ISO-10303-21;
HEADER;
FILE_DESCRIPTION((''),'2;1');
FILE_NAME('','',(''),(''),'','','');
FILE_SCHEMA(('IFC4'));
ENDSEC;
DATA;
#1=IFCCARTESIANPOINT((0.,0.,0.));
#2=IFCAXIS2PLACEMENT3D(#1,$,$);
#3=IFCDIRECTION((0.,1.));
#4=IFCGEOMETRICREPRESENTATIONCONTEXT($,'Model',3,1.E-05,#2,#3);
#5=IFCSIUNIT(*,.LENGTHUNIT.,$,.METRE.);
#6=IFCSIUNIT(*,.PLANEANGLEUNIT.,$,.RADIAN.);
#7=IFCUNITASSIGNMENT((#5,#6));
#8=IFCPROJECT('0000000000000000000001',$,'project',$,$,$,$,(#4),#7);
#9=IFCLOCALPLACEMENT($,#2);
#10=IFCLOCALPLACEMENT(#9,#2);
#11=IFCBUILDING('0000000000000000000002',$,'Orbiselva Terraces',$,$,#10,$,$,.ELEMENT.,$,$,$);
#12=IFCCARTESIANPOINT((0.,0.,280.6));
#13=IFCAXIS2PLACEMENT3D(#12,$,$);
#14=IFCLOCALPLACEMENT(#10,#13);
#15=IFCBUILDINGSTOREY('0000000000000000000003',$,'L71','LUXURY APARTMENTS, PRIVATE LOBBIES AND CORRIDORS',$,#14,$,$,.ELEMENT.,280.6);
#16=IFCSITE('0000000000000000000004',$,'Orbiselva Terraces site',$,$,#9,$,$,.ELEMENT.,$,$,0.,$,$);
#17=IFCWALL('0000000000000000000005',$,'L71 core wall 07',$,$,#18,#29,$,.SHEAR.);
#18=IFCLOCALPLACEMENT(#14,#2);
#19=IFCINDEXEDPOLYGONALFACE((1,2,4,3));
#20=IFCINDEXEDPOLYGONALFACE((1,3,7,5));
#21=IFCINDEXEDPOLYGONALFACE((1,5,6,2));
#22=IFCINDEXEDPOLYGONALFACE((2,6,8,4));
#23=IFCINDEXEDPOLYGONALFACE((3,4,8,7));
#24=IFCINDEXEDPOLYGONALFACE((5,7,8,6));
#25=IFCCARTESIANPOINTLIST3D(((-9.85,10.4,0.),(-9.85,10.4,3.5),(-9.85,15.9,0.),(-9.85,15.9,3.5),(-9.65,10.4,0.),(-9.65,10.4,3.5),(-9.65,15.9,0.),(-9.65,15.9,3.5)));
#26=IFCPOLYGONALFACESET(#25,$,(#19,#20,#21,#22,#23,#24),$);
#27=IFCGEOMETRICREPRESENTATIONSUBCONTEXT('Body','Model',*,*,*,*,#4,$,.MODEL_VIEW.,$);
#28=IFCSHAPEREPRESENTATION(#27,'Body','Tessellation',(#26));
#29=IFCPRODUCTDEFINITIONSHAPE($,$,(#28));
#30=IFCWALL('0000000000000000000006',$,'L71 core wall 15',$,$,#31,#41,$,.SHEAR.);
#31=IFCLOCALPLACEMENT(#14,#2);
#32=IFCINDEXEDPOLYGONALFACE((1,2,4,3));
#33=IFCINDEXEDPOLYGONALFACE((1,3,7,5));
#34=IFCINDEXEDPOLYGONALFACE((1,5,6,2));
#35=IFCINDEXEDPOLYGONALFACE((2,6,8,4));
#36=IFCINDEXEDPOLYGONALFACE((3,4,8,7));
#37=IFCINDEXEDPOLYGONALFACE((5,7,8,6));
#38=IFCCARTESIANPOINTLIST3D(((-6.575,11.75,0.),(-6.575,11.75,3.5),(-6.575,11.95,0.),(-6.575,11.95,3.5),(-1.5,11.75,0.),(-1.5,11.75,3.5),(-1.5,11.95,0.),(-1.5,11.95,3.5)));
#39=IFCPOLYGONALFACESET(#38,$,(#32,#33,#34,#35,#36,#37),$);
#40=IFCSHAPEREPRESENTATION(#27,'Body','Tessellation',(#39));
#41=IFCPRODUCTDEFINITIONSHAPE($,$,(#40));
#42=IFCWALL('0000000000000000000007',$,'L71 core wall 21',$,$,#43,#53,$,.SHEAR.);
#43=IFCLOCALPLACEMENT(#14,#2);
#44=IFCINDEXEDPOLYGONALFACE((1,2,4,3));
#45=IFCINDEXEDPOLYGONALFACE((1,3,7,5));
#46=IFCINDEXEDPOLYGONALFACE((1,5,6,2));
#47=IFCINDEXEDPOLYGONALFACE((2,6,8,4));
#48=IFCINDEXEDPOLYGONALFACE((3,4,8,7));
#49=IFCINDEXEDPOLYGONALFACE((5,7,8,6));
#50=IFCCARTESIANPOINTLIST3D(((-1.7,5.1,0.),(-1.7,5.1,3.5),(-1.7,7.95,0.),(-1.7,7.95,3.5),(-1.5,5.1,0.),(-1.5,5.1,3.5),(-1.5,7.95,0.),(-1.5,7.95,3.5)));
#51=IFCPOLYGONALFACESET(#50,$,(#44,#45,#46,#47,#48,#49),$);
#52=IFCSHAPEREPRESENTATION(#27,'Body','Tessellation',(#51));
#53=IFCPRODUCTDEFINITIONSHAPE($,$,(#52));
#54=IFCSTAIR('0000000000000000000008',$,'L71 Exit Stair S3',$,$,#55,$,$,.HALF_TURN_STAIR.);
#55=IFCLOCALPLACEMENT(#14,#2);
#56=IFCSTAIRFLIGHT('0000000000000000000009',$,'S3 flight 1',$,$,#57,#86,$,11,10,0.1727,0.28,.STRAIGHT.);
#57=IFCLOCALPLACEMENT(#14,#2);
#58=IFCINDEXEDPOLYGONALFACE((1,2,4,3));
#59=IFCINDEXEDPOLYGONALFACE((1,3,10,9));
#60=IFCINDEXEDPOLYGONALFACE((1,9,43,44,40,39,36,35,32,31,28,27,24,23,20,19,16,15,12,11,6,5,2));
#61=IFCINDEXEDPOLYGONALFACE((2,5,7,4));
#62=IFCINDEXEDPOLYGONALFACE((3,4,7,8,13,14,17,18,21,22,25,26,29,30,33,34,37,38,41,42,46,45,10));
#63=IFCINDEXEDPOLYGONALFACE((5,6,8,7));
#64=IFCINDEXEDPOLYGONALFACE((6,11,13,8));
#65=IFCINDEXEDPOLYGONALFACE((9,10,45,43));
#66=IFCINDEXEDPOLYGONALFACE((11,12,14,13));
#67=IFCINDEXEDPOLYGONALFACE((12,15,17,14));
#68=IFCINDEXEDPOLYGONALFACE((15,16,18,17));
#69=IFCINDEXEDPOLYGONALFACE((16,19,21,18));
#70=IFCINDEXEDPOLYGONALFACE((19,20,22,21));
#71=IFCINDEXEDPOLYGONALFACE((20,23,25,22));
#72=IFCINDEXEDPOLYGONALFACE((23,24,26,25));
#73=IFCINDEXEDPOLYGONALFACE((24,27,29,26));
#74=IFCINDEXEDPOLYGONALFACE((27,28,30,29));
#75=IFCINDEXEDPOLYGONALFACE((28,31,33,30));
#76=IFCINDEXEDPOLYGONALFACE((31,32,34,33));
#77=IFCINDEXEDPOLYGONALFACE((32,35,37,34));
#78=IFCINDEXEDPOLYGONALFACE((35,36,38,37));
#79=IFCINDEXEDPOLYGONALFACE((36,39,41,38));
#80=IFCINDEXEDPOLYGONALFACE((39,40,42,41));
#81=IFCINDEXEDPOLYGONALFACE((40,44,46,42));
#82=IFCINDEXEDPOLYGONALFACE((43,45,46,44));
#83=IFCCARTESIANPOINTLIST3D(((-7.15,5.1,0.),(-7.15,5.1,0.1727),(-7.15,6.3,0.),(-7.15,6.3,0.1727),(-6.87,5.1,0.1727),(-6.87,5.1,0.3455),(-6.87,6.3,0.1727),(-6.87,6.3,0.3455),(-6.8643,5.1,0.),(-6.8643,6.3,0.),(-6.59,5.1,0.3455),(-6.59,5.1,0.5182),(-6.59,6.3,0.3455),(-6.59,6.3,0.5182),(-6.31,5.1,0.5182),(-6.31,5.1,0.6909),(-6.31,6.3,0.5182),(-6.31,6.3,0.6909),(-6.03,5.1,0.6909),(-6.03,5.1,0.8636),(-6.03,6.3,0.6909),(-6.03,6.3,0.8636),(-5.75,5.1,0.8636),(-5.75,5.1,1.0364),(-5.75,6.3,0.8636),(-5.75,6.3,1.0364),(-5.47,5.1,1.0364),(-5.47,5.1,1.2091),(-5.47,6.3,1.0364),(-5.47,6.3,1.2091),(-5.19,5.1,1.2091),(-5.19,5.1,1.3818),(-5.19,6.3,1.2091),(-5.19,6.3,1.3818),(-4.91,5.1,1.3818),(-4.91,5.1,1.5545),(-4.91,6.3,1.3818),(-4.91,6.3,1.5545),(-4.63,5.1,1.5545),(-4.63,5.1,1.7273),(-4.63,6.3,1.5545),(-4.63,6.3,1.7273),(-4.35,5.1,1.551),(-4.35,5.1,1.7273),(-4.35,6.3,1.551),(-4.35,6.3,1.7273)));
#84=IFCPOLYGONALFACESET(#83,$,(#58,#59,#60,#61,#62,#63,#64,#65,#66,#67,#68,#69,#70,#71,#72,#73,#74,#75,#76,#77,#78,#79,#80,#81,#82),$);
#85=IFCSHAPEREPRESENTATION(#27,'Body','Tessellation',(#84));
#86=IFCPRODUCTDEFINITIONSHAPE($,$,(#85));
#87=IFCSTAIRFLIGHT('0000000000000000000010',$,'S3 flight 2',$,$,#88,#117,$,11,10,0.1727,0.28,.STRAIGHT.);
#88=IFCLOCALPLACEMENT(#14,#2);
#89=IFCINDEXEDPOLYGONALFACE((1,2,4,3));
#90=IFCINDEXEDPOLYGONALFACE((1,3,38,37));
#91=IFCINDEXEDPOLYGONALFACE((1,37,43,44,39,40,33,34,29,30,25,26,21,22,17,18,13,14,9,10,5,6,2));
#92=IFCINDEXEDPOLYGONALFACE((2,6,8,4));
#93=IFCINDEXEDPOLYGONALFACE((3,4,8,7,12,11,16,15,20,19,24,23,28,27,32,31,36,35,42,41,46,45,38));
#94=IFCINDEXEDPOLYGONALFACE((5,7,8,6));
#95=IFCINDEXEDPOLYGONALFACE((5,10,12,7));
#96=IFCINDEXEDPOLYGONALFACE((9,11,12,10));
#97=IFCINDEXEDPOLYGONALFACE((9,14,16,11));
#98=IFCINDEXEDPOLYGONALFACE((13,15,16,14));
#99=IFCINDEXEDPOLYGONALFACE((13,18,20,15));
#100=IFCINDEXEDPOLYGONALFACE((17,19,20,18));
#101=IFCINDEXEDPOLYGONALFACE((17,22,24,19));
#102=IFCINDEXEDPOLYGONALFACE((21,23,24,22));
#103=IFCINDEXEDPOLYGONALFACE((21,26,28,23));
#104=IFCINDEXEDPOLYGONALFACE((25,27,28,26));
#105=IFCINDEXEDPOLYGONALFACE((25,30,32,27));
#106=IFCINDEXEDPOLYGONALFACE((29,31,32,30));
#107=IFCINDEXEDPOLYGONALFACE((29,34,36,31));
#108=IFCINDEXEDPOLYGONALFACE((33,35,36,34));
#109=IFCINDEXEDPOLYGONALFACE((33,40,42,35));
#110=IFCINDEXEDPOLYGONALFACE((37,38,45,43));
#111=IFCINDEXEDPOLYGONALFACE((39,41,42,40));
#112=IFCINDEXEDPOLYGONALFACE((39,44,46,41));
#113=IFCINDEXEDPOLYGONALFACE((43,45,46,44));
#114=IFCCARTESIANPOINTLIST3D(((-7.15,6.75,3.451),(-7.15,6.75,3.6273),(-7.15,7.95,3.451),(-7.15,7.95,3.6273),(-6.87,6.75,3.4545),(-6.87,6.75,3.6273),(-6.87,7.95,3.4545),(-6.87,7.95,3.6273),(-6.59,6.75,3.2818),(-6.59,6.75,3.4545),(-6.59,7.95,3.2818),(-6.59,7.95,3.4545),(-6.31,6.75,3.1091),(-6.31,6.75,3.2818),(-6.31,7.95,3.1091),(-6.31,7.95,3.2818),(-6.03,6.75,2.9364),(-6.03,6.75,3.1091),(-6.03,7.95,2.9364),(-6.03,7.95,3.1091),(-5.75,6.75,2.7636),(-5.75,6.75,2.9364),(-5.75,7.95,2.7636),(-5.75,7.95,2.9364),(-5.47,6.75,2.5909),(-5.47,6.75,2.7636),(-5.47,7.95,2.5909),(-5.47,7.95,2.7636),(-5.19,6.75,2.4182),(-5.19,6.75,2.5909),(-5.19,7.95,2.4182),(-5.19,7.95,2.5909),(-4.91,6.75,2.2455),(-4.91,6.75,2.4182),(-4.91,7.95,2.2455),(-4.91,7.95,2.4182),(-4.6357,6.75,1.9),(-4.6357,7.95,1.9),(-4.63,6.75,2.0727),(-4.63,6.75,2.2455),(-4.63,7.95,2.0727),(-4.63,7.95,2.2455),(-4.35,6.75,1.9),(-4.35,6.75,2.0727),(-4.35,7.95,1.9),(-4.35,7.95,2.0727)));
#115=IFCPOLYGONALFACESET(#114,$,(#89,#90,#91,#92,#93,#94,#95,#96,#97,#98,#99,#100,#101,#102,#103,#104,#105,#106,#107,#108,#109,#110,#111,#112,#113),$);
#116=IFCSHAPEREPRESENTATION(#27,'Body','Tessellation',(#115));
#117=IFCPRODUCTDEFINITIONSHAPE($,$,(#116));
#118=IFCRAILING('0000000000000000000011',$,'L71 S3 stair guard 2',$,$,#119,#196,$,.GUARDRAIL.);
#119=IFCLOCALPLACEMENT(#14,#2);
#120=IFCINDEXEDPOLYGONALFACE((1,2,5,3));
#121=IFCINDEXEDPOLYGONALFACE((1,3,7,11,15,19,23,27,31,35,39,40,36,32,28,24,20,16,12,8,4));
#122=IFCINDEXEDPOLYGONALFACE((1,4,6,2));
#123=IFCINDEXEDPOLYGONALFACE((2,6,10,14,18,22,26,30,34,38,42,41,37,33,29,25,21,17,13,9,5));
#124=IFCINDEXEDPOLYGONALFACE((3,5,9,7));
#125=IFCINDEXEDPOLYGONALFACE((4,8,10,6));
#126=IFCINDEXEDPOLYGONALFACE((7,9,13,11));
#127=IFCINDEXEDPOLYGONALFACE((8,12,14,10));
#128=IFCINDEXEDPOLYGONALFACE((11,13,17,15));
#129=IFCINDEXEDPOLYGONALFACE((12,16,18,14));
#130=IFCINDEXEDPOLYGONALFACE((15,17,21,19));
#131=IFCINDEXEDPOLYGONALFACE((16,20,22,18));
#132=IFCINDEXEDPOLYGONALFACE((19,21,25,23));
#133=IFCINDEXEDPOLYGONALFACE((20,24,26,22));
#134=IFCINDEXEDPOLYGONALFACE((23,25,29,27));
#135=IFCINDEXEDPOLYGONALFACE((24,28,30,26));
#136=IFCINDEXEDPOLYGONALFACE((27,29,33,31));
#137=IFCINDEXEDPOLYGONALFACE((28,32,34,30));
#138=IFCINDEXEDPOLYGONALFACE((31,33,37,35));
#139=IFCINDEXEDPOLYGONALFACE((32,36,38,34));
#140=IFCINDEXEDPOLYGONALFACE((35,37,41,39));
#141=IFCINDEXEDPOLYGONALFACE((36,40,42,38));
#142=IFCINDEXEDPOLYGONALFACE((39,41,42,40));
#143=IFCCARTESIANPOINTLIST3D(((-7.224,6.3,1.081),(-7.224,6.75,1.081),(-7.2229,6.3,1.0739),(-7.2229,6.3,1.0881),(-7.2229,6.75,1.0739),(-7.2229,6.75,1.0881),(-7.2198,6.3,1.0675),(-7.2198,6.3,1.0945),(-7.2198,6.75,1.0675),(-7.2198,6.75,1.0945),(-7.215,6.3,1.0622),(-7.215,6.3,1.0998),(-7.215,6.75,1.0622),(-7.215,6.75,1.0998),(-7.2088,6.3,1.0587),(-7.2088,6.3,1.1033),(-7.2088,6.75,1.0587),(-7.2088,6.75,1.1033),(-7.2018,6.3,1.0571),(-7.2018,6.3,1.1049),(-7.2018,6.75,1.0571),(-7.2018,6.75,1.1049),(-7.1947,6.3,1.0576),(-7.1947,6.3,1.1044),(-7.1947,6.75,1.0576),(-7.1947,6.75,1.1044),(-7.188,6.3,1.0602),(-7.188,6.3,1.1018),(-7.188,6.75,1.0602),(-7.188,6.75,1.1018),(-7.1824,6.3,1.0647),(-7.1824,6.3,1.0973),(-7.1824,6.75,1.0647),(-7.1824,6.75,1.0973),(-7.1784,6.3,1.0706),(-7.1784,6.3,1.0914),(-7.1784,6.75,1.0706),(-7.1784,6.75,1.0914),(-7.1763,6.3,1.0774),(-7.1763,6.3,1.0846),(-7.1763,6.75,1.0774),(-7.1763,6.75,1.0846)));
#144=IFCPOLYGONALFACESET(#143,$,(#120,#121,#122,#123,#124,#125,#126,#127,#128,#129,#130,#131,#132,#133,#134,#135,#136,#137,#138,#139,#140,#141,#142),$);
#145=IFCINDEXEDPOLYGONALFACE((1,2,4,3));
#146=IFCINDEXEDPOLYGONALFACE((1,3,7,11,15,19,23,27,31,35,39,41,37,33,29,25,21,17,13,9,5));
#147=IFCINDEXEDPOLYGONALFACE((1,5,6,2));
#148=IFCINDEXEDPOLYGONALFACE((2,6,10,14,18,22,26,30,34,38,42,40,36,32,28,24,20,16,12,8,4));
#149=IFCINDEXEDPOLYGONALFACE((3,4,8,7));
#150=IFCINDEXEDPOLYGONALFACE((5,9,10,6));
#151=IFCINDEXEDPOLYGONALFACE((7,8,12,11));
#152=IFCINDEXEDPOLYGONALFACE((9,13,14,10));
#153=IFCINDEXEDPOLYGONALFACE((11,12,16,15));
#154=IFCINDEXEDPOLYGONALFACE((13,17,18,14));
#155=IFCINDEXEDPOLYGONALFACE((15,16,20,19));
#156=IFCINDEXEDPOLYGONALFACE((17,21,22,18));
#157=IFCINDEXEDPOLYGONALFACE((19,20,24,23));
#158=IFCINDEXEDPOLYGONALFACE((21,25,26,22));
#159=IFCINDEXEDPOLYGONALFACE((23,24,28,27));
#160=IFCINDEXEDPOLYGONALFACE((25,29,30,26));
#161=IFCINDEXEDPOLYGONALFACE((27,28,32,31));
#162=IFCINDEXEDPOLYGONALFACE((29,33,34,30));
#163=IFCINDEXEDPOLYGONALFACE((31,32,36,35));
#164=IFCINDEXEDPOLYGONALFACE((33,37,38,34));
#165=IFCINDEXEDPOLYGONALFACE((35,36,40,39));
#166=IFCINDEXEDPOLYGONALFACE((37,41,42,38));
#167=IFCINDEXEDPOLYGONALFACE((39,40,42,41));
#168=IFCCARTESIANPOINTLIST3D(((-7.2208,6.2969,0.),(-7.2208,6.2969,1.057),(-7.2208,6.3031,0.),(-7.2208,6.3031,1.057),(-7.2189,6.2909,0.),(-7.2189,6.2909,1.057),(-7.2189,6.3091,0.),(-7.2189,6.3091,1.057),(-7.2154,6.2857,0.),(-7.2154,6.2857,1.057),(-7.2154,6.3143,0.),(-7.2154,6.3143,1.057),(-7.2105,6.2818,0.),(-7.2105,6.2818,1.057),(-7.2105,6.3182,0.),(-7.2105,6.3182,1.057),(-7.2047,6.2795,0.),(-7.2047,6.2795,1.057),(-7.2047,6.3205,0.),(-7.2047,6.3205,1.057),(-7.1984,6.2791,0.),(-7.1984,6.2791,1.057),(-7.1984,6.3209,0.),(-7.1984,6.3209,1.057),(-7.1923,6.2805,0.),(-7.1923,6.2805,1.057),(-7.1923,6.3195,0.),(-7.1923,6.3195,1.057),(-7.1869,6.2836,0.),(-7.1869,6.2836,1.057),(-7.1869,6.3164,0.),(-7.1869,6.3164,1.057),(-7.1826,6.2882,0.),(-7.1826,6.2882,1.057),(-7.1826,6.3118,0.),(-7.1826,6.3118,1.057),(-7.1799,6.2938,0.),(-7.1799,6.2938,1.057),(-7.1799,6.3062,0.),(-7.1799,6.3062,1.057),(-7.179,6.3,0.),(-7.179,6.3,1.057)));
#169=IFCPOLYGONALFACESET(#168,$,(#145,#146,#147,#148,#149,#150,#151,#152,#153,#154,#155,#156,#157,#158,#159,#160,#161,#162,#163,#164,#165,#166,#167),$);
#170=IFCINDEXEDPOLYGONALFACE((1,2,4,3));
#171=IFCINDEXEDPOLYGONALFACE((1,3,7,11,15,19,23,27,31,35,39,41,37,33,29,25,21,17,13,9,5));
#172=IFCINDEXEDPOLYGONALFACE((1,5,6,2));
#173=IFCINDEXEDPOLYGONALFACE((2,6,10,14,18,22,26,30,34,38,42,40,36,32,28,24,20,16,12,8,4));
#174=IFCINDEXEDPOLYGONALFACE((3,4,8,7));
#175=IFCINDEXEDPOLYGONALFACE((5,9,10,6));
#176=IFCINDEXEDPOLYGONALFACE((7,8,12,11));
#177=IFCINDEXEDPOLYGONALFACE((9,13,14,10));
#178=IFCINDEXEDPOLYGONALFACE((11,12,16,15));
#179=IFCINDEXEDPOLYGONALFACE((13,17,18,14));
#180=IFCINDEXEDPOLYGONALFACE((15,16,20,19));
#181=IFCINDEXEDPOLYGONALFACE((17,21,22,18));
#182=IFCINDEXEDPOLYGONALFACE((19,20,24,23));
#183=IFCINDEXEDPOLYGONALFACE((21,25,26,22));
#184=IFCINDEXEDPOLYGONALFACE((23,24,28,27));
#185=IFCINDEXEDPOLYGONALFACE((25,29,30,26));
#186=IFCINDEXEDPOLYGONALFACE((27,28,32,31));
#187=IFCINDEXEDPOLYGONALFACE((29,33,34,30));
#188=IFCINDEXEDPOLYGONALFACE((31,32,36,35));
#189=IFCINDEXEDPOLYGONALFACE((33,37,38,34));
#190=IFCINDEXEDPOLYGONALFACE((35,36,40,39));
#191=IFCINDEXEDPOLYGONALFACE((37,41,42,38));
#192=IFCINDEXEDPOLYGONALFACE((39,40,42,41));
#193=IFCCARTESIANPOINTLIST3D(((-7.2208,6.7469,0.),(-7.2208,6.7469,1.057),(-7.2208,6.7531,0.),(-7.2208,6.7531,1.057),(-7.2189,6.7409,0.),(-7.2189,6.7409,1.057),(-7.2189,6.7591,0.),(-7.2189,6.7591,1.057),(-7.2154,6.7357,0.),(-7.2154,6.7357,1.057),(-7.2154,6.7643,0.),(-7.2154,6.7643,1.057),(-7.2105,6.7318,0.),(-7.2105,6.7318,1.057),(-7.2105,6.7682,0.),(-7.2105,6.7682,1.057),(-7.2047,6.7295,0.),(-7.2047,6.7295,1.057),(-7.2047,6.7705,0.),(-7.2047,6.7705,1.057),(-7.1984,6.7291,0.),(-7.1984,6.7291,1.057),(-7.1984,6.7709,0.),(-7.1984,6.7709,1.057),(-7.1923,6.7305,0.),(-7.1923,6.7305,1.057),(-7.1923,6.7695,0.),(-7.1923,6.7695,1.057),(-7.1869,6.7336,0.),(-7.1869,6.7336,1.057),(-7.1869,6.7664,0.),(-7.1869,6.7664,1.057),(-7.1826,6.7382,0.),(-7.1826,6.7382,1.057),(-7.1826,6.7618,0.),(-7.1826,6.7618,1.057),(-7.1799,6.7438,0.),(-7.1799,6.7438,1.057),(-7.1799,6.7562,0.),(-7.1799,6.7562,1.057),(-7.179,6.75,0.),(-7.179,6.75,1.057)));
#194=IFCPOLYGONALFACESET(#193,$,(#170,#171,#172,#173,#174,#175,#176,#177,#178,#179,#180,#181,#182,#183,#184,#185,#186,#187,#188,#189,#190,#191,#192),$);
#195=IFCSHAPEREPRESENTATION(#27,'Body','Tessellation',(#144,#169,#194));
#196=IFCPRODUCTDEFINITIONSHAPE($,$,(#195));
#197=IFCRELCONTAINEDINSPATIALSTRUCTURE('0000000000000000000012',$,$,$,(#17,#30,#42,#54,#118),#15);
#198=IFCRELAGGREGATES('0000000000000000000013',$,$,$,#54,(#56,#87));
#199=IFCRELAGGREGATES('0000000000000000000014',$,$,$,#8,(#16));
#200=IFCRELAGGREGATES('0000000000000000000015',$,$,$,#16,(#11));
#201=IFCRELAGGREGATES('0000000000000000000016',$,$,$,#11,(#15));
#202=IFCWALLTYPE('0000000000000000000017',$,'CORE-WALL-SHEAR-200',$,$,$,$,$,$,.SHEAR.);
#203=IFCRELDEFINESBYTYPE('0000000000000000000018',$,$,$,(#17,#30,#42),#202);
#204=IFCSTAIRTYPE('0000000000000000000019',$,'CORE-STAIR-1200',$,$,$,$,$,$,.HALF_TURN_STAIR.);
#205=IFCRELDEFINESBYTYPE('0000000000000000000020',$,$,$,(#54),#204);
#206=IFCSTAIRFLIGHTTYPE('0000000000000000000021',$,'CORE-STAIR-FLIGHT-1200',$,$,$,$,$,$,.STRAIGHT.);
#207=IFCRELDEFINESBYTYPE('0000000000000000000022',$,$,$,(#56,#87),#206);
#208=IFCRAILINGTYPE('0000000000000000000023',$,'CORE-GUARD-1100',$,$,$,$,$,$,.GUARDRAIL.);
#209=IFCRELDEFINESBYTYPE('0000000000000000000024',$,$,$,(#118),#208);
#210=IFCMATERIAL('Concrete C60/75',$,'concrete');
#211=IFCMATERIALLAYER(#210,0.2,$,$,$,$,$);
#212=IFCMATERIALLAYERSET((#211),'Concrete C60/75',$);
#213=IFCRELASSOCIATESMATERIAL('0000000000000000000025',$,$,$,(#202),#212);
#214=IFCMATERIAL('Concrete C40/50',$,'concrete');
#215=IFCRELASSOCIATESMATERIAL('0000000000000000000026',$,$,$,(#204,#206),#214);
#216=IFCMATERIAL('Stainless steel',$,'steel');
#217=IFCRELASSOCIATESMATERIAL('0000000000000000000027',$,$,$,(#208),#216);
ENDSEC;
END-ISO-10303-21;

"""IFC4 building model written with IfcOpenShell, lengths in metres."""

from ifc_helpers import new_model, si_unit, direction, frame, frame_2d, origin, origin_2d, place, context, subcontext, project, spatial, polyline, rectangle, circle, outline, extrude, material, layer, layer_set, type_object, element, aggregate, save


model = new_model("IFC4")

# Units and contexts
model_context = context("Model", 3, precision=1e-05, world=origin(), true_north=direction((0.0, 1.0)))
body_context = subcontext(model_context, "Body", "Model", "MODEL_VIEW")
ifc_project = project(units=[si_unit("LENGTHUNIT", "METRE"), si_unit("PLANEANGLEUNIT", "RADIAN")], contexts=[model_context])

# Site, building, storey
site_placement = place(None, origin())
site = spatial("IfcSite", under=ifc_project, at=site_placement, Name="Orbiselva Terraces site", CompositionType="ELEMENT", RefElevation=0.0)
building_placement = place(site_placement, origin())
building = spatial("IfcBuilding", under=site, at=building_placement, Name="Orbiselva Terraces", CompositionType="ELEMENT")
storey_placement = place(building_placement, frame((0.0, 0.0, 280.6)))
storey = spatial("IfcBuildingStorey", under=building, at=storey_placement, Name="L71", Description="LUXURY APARTMENTS, PRIVATE LOBBIES AND CORRIDORS", CompositionType="ELEMENT", Elevation=280.6)

# Walls
ifc_material_1 = material(Name="Concrete C60/75", Category="concrete")
ifc_layer_1 = layer(ifc_material_1, 0.2)
ifc_layer_set_1 = layer_set([ifc_layer_1], Name="Concrete C60/75")
wall_type_1 = type_object("IfcWallType", Name="CORE-WALL-SHEAR-200", PredefinedType="SHEAR", material=ifc_layer_set_1)
wall_1_placement = place(storey_placement, frame((-9.75, 10.4, 0.0), z_axis=(0.0, 0.0, 1.0), x_axis=(0.0, 1.0, 0.0)))
element("IfcWall", 1, at=wall_1_placement, inside=storey, type_object=wall_type_1, Name="L71 core wall 07", PredefinedType="SHEAR", context=body_context, shape_type="SweptSolid", body=[
    extrude(rectangle(XDim=5.5, YDim=0.2, at=frame_2d((2.75, 0.0))), origin(), (0.0, 0.0, 1.0), 3.5),
])
wall_2_placement = place(storey_placement, frame((-6.575, 11.85, 0.0), z_axis=(0.0, 0.0, 1.0), x_axis=(1.0, 0.0, 0.0)))
element("IfcWall", 2, at=wall_2_placement, inside=storey, type_object=wall_type_1, Name="L71 core wall 15", PredefinedType="SHEAR", context=body_context, shape_type="SweptSolid", body=[
    extrude(rectangle(XDim=5.075, YDim=0.2, at=frame_2d((2.5375, 0.0))), origin(), (0.0, 0.0, 1.0), 3.5),
])
wall_3_placement = place(storey_placement, frame((-1.6, 5.1, 0.0), z_axis=(0.0, 0.0, 1.0), x_axis=(0.0, 1.0, 0.0)))
element("IfcWall", 3, at=wall_3_placement, inside=storey, type_object=wall_type_1, Name="L71 core wall 21", PredefinedType="SHEAR", context=body_context, shape_type="SweptSolid", body=[
    extrude(rectangle(XDim=2.85, YDim=0.2, at=frame_2d((1.425, 0.0))), origin(), (0.0, 0.0, 1.0), 3.5),
])

# Stair, stair flights
ifc_material_2 = material(Name="Concrete C40/50", Category="concrete")
stair_type = type_object("IfcStairType", Name="CORE-STAIR-1200", PredefinedType="HALF_TURN_STAIR", material=ifc_material_2)
stair_placement = place(storey_placement, origin())
stair = element("IfcStair", 4, at=stair_placement, inside=storey, type_object=stair_type, Name="L71 Exit Stair S3", PredefinedType="HALF_TURN_STAIR")
stair_flight_type = type_object("IfcStairFlightType", Name="CORE-STAIR-FLIGHT-1200", PredefinedType="STRAIGHT", material=ifc_material_2)
stair_flight_1_placement = place(storey_placement, frame((-7.15, 5.7, 0.0), z_axis=(0.0, 0.0, 1.0), x_axis=(1.0, 0.0, 0.0)))
stair_flight_1 = element("IfcStairFlight", 5, at=stair_flight_1_placement, type_object=stair_flight_type, Name="S3 flight 1", NumberOfRisers=11, NumberOfTreads=10, PredefinedType="STRAIGHT", RiserHeight=0.1727, TreadLength=0.28, context=body_context, shape_type="SweptSolid", body=[
    extrude(outline(polyline([(0.0, 0.0), (0.0, 0.1727), (0.28, 0.1727), (0.28, 0.3455), (0.56, 0.3455), (0.56, 0.5182), (0.84, 0.5182), (0.84, 0.6909), (1.12, 0.6909), (1.12, 0.8636), (1.4, 0.8636), (1.4, 1.0364), (1.68, 1.0364), (1.68, 1.2091), (1.96, 1.2091), (1.96, 1.3818), (2.24, 1.3818), (2.24, 1.5545), (2.52, 1.5545), (2.52, 1.7273), (2.8, 1.7273), (2.8, 1.9), (2.8, 1.551), (0.2857, 0.0), (0.0, 0.0)])), frame((0.0, 0.6, 0.0), z_axis=(0.0, -1.0, 0.0), x_axis=(1.0, 0.0, 0.0)), (0.0, 0.0, 1.0), 1.2),
])
stair_flight_2_placement = place(storey_placement, frame((-4.35, 7.35, 1.9), z_axis=(0.0, 0.0, 1.0), x_axis=(-1.0, 0.0, 0.0)))
stair_flight_2 = element("IfcStairFlight", 6, at=stair_flight_2_placement, type_object=stair_flight_type, Name="S3 flight 2", NumberOfRisers=11, NumberOfTreads=10, PredefinedType="STRAIGHT", RiserHeight=0.1727, TreadLength=0.28, context=body_context, shape_type="SweptSolid", body=[
    extrude(outline(polyline([(0.0, 0.0), (0.0, 0.1727), (0.28, 0.1727), (0.28, 0.3455), (0.56, 0.3455), (0.56, 0.5182), (0.84, 0.5182), (0.84, 0.6909), (1.12, 0.6909), (1.12, 0.8636), (1.4, 0.8636), (1.4, 1.0364), (1.68, 1.0364), (1.68, 1.2091), (1.96, 1.2091), (1.96, 1.3818), (2.24, 1.3818), (2.24, 1.5545), (2.52, 1.5545), (2.52, 1.7273), (2.8, 1.7273), (2.8, 1.9), (2.8, 1.551), (0.2857, 0.0), (0.0, 0.0)])), frame((0.0, 0.6, 0.0), z_axis=(0.0, -1.0, 0.0), x_axis=(1.0, 0.0, 0.0)), (0.0, 0.0, 1.0), 1.2),
])
aggregate(stair, [stair_flight_1, stair_flight_2])

# Railing
ifc_material_3 = material(Name="Stainless steel", Category="steel")
railing_type_1 = type_object("IfcRailingType", Name="CORE-GUARD-1100", PredefinedType="GUARDRAIL", material=ifc_material_3)
railing_1_placement = place(storey_placement, frame((-7.2, 6.3, 0.0)))
element("IfcRailing", 7, at=railing_1_placement, inside=storey, type_object=railing_type_1, Name="L71 S3 stair guard 2", PredefinedType="GUARDRAIL", context=body_context, shape_type="SweptSolid", body=[
    extrude(circle(Radius=0.024, at=origin_2d()), frame((0.0, 0.0, 1.081), z_axis=(0.0, 1.0, 0.0), x_axis=(-1.0, 0.0, 0.0)), (0.0, 0.0, 1.0), 0.45),
    extrude(circle(Radius=0.021, at=origin_2d()), origin(), (0.0, 0.0, 1.0), 1.057),
    extrude(circle(Radius=0.021, at=origin_2d()), frame((0.0, 0.45, 0.0)), (0.0, 0.0, 1.0), 1.057),
])

save(model, "model.ifc")
